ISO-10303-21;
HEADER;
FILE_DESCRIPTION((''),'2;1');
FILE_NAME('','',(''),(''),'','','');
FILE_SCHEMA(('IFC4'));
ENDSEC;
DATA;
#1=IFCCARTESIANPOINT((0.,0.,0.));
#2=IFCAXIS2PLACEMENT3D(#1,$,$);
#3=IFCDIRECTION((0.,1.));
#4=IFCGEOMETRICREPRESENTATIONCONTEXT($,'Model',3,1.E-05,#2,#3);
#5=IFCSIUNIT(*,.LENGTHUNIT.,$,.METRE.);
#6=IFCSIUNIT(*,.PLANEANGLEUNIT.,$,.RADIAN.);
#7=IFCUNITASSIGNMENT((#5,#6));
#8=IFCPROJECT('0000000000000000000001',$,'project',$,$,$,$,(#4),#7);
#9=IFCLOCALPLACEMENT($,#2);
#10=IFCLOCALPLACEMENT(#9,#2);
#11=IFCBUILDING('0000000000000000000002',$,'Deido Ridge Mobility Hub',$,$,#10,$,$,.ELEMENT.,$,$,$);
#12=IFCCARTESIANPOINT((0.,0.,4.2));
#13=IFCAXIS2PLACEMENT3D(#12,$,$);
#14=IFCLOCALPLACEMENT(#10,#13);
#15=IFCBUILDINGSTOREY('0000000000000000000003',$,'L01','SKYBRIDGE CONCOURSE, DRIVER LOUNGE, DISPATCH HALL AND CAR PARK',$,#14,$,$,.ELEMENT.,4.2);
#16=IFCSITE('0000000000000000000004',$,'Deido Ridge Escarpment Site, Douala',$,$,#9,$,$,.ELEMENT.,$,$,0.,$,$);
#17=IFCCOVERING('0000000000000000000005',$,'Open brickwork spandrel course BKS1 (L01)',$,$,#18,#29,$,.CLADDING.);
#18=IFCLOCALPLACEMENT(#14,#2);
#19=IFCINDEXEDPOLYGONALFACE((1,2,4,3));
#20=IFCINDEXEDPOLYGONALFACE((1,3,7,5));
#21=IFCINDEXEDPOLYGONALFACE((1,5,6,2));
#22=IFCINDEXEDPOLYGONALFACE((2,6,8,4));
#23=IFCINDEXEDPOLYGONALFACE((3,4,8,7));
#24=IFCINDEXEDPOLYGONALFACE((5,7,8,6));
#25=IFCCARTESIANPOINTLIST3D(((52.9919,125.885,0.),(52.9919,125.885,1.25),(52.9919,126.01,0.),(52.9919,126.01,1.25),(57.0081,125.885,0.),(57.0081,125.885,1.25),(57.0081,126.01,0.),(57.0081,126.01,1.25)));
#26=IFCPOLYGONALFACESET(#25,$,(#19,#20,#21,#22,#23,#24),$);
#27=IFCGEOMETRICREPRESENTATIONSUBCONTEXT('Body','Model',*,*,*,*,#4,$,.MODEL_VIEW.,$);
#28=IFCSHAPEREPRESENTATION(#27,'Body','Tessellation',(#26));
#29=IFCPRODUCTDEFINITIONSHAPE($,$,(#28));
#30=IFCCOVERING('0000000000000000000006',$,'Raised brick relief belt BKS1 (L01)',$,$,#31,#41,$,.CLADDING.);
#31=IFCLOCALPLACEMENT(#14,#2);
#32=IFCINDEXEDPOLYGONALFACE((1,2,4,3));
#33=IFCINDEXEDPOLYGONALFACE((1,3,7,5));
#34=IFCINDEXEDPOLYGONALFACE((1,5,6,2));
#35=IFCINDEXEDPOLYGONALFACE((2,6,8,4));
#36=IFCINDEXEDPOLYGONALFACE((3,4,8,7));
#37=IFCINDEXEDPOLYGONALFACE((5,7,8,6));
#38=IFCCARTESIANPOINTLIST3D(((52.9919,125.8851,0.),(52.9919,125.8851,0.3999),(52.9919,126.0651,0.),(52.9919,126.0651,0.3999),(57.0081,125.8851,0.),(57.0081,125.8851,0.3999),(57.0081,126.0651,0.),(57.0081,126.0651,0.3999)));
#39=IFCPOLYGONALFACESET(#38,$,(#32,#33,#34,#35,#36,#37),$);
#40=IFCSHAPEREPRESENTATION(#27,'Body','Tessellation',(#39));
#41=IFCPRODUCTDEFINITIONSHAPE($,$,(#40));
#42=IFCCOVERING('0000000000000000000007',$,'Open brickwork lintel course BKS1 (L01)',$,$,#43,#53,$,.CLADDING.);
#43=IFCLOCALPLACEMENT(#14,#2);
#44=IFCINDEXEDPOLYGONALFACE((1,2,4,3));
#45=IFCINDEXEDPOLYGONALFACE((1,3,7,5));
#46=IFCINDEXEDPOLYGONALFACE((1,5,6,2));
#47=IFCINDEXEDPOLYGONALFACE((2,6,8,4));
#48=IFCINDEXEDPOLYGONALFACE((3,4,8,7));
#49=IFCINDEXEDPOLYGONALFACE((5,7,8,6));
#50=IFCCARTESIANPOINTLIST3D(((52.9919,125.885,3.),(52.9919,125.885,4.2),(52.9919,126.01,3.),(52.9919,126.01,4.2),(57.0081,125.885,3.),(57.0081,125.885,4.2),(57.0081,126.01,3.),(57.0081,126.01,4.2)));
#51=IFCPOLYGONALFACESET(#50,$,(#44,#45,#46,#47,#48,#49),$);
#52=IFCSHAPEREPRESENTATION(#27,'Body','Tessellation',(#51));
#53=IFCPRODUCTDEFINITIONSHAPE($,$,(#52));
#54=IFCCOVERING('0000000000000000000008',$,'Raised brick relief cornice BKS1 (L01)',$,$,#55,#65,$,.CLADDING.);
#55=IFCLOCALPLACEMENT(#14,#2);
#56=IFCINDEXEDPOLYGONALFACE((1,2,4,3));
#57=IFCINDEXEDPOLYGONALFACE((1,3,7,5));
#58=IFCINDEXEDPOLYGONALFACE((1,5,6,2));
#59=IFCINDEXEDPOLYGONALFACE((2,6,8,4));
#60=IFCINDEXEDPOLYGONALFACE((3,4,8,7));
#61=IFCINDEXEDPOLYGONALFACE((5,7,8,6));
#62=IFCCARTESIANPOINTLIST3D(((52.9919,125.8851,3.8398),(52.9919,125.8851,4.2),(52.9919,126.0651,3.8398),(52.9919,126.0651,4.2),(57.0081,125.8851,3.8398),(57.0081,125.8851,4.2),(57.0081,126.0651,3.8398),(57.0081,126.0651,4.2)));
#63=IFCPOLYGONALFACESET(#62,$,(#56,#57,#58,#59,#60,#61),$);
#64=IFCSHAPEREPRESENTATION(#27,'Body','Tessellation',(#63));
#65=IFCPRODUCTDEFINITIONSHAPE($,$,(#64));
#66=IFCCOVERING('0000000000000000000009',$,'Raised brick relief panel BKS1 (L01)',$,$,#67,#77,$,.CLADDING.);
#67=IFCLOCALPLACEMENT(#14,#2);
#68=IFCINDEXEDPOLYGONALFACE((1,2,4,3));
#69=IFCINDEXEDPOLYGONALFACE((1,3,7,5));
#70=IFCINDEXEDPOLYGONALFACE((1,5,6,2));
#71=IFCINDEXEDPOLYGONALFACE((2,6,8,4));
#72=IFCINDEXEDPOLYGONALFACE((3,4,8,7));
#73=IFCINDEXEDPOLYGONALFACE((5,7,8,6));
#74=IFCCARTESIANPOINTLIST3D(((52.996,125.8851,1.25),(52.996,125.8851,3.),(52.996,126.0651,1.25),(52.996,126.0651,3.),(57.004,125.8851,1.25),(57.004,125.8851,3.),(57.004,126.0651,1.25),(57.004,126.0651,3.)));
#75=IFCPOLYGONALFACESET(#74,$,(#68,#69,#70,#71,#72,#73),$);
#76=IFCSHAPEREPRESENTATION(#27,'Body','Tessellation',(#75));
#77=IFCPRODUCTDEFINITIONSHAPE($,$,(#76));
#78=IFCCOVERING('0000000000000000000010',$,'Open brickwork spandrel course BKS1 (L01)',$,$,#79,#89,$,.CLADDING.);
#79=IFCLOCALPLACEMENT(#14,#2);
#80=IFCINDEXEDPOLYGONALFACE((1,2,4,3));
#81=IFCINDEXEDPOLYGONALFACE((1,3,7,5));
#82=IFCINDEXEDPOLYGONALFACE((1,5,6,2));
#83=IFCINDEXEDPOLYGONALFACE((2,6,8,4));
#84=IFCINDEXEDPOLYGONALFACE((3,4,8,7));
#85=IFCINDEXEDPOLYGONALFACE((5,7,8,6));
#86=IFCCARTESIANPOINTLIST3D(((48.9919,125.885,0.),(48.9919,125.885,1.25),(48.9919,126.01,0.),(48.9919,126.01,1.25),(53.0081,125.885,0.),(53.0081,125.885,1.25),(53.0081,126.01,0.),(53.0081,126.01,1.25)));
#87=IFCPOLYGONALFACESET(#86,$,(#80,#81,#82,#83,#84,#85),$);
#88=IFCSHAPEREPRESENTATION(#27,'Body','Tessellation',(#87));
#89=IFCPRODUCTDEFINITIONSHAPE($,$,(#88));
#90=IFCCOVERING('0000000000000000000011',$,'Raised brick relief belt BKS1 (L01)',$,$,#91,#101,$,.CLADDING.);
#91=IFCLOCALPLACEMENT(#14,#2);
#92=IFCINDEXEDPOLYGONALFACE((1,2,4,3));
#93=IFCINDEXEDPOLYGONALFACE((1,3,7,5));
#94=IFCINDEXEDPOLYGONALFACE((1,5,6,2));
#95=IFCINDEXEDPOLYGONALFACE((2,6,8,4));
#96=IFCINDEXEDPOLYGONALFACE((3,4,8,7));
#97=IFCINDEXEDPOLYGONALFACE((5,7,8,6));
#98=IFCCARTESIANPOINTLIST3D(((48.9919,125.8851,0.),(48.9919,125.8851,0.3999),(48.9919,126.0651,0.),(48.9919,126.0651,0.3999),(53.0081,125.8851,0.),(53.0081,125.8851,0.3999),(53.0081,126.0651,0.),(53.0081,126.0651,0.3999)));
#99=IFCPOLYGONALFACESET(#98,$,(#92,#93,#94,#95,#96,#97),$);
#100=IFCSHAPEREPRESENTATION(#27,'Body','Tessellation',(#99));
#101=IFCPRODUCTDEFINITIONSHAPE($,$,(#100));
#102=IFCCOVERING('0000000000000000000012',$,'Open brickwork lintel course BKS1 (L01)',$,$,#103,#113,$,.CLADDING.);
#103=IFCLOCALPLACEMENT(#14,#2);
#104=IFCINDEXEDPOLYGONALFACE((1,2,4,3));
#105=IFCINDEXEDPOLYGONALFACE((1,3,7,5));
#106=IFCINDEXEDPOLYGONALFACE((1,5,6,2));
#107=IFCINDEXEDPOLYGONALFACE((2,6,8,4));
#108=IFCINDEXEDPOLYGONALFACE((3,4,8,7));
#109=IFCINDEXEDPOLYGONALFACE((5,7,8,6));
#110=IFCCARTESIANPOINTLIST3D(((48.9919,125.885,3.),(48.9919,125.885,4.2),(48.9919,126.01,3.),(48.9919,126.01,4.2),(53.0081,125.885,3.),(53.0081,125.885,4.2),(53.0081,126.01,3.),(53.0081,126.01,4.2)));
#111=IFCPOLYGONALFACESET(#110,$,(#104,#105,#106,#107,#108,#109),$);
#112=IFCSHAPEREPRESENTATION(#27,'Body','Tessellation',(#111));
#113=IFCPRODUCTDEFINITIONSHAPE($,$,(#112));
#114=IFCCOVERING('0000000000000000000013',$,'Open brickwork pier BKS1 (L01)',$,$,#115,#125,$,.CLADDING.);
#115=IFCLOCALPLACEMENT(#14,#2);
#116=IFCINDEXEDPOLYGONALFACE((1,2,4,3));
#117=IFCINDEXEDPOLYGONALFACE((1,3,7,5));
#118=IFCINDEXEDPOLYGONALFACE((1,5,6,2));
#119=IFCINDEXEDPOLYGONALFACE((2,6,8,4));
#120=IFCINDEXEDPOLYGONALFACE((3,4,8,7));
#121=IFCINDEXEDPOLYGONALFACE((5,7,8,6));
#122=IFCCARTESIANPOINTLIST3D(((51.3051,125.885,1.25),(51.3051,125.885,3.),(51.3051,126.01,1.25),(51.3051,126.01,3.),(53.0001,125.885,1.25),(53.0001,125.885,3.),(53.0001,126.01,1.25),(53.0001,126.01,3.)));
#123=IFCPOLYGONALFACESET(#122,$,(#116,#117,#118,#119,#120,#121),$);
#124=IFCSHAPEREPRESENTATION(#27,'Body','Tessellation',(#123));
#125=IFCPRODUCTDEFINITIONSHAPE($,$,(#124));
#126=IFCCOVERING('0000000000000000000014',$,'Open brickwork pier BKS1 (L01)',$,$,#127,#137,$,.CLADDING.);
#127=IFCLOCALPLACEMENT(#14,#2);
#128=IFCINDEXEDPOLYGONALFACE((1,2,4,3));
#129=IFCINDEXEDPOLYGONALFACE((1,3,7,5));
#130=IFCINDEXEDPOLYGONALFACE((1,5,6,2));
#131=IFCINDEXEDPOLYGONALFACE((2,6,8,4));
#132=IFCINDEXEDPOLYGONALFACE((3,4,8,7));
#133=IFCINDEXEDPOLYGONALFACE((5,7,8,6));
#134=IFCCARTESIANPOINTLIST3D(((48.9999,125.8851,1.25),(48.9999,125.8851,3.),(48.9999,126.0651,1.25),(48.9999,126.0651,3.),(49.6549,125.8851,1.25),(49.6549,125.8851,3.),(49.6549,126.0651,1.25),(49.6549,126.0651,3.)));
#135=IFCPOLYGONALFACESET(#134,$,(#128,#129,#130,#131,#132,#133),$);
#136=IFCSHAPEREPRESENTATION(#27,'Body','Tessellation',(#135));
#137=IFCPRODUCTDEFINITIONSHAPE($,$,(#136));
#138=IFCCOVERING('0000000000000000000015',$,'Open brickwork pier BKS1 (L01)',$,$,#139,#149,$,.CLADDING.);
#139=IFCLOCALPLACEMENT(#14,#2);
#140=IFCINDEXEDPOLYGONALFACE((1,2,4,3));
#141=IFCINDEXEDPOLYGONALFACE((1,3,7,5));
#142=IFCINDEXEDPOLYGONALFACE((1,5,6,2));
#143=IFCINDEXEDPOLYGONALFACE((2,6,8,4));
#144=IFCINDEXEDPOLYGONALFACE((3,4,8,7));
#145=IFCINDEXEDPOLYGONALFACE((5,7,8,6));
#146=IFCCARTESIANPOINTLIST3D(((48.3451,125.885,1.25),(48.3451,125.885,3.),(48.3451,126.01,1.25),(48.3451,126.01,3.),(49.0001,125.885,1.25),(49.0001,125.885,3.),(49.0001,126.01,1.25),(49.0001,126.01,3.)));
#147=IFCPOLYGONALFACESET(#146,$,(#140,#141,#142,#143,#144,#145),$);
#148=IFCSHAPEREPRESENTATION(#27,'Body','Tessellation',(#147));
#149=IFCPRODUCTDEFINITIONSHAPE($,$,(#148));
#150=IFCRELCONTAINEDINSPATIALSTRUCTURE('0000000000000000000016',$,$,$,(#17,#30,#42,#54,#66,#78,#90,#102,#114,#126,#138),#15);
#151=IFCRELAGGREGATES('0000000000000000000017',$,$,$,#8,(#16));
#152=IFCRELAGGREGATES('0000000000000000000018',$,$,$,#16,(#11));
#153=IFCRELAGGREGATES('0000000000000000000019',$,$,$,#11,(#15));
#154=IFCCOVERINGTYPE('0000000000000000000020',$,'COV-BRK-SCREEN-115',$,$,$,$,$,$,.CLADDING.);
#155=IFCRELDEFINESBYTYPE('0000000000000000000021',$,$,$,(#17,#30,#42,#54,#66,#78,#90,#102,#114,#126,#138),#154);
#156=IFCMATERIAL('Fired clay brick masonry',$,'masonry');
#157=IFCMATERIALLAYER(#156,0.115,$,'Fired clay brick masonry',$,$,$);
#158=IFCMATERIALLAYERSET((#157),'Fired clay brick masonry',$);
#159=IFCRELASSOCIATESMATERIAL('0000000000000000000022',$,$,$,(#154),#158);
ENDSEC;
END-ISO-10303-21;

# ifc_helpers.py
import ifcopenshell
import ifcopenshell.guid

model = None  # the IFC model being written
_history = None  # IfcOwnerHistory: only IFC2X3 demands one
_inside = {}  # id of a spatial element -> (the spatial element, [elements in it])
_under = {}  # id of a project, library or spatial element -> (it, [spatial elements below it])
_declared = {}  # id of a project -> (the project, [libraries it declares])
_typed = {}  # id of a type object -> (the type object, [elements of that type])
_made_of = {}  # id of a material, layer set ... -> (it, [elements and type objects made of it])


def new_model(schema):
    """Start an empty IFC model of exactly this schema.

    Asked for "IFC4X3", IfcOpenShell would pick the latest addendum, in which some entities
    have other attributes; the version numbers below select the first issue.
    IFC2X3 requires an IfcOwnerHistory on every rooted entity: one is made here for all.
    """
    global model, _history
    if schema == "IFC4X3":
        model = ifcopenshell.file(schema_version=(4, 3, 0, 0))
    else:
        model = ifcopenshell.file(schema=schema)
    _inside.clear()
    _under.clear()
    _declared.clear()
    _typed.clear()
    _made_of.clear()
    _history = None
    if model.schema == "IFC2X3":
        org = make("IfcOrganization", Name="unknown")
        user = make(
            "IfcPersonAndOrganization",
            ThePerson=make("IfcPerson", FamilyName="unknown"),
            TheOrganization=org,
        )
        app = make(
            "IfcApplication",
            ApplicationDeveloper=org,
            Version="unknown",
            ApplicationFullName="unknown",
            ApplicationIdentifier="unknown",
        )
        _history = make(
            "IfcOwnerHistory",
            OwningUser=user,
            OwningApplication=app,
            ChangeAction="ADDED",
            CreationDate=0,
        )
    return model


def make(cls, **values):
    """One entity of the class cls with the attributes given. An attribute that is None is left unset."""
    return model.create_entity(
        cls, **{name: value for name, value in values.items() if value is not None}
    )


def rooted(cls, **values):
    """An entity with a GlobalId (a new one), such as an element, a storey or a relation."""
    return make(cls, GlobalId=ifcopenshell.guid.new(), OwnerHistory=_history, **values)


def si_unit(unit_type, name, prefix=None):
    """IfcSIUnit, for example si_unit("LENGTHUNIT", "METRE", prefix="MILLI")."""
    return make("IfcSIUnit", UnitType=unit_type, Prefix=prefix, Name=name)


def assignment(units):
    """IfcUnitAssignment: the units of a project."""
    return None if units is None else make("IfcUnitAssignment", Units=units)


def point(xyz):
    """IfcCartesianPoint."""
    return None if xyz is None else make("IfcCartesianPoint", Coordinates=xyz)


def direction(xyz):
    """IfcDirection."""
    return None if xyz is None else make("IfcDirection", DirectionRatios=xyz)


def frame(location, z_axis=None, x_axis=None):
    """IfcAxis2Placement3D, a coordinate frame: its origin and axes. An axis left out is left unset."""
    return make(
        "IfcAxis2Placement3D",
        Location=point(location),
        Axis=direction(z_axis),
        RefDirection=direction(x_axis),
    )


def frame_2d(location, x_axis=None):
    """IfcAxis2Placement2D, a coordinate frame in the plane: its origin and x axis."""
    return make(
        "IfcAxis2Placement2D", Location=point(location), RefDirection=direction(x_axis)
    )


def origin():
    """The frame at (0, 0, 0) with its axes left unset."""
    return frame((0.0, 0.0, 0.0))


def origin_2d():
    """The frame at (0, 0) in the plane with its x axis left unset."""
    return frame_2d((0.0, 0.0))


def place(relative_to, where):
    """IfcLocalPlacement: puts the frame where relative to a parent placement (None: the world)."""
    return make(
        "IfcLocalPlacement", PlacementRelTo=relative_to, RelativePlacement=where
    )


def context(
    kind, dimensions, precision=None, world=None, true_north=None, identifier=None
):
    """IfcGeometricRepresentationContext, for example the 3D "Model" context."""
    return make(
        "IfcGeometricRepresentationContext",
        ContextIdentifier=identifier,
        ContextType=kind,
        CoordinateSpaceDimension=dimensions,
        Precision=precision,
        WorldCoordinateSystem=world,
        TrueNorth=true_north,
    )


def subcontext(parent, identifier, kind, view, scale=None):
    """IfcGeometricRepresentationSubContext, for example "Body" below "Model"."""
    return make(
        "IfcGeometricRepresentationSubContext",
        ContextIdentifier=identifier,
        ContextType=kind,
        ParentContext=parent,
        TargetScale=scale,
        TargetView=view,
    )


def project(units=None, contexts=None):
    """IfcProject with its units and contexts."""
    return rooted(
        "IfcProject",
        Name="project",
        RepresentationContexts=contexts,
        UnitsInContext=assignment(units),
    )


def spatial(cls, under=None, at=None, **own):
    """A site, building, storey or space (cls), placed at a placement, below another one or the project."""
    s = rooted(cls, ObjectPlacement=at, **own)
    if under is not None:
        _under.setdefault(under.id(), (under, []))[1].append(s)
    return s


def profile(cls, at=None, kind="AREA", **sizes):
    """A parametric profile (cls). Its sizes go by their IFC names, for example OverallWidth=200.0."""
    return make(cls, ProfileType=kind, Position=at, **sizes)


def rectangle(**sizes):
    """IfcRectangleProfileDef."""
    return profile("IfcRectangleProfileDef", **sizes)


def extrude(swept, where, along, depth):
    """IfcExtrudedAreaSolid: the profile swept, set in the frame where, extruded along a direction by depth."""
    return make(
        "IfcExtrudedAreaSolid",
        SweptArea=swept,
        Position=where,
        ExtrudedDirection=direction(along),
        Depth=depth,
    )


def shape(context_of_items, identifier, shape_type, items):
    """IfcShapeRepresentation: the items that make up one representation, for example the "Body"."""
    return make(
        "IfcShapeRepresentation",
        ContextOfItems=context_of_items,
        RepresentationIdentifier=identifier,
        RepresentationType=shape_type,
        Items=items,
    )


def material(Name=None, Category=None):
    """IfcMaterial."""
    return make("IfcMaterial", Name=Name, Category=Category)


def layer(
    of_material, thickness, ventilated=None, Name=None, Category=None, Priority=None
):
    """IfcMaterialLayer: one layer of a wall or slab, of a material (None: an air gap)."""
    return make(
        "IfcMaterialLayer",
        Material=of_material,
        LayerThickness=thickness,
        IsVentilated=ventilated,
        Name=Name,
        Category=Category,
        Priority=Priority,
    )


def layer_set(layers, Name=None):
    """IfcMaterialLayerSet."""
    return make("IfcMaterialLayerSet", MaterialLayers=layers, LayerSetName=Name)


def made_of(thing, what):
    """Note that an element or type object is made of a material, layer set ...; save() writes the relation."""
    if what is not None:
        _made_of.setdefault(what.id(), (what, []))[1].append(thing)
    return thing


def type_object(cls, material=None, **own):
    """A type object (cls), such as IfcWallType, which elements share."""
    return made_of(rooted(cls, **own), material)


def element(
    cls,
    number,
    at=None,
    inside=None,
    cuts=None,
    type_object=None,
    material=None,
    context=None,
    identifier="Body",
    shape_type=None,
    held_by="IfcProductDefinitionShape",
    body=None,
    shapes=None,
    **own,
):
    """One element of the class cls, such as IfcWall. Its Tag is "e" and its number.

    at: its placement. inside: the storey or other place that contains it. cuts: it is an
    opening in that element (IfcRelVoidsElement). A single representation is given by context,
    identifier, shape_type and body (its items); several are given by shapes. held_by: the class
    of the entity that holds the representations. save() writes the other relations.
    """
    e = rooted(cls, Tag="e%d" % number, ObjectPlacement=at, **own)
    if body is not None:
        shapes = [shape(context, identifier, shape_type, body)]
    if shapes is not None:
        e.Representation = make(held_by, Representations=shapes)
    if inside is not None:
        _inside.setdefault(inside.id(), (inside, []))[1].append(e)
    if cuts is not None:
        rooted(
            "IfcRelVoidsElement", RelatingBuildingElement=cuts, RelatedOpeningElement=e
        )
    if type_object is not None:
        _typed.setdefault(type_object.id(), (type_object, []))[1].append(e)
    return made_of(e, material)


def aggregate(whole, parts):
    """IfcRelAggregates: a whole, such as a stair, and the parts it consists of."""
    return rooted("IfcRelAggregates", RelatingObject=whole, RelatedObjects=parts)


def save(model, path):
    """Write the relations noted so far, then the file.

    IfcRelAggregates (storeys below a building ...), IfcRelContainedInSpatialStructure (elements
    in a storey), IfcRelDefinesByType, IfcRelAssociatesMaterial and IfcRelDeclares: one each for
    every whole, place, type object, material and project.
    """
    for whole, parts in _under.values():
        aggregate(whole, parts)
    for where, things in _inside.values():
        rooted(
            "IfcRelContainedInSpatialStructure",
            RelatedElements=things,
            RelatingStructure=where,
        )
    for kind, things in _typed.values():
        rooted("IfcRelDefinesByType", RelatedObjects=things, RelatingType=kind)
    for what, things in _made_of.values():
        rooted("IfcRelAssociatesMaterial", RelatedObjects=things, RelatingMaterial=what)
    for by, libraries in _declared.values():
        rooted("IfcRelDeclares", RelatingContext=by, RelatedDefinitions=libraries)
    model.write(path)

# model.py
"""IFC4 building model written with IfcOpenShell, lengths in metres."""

from ifc_helpers import new_model, si_unit, direction, frame, origin, origin_2d, place, context, subcontext, project, spatial, rectangle, extrude, material, layer, layer_set, type_object, element, save


model = new_model("IFC4")

# Units and contexts
model_context = context("Model", 3, precision=1e-05, world=origin(), true_north=direction((0.0, 1.0)))
body_context = subcontext(model_context, "Body", "Model", "MODEL_VIEW")
ifc_project = project(units=[si_unit("LENGTHUNIT", "METRE"), si_unit("PLANEANGLEUNIT", "RADIAN")], contexts=[model_context])

# Site, building, storey
site_placement = place(None, origin())
site = spatial("IfcSite", under=ifc_project, at=site_placement, Name="Deido Ridge Escarpment Site, Douala", CompositionType="ELEMENT", RefElevation=0.0)
building_placement = place(site_placement, origin())
building = spatial("IfcBuilding", under=site, at=building_placement, Name="Deido Ridge Mobility Hub", CompositionType="ELEMENT")
storey_placement = place(building_placement, frame((0.0, 0.0, 4.2)))
storey = spatial("IfcBuildingStorey", under=building, at=storey_placement, Name="L01", Description="SKYBRIDGE CONCOURSE, DRIVER LOUNGE, DISPATCH HALL AND CAR PARK", CompositionType="ELEMENT", Elevation=4.2)

# Coverings
ifc_material_1 = material(Name="Fired clay brick masonry", Category="masonry")
ifc_layer = layer(ifc_material_1, 0.115, Name="Fired clay brick masonry")
ifc_layer_set = layer_set([ifc_layer], Name="Fired clay brick masonry")
covering_type = type_object("IfcCoveringType", Name="COV-BRK-SCREEN-115", PredefinedType="CLADDING", material=ifc_layer_set)
covering_1_placement = place(storey_placement, frame((55.0, 125.9475, 0.0), z_axis=(0.0, 0.0, 1.0), x_axis=(-1.0, 0.0, 0.0)))
element("IfcCovering", 1, at=covering_1_placement, inside=storey, type_object=covering_type, Name="Open brickwork spandrel course BKS1 (L01)", PredefinedType="CLADDING", context=body_context, shape_type="SweptSolid", body=[
    extrude(rectangle(XDim=4.0161, YDim=0.125, at=origin_2d()), origin(), (0.0, 0.0, 1.0), 1.25),
])
covering_2_placement = place(storey_placement, frame((55.0, 125.9751, 0.0), z_axis=(0.0, 0.0, 1.0), x_axis=(-1.0, 0.0, 0.0)))
element("IfcCovering", 2, at=covering_2_placement, inside=storey, type_object=covering_type, Name="Raised brick relief belt BKS1 (L01)", PredefinedType="CLADDING", context=body_context, shape_type="SweptSolid", body=[
    extrude(rectangle(XDim=4.0161, YDim=0.1799, at=origin_2d()), origin(), (0.0, 0.0, 1.0), 0.3999),
])
covering_3_placement = place(storey_placement, frame((55.0, 125.9475, 3.0), z_axis=(0.0, 0.0, 1.0), x_axis=(-1.0, 0.0, 0.0)))
element("IfcCovering", 3, at=covering_3_placement, inside=storey, type_object=covering_type, Name="Open brickwork lintel course BKS1 (L01)", PredefinedType="CLADDING", context=body_context, shape_type="SweptSolid", body=[
    extrude(rectangle(XDim=4.0161, YDim=0.125, at=origin_2d()), origin(), (0.0, 0.0, 1.0), 1.2),
])
covering_4_placement = place(storey_placement, frame((55.0, 125.9751, 3.8398), z_axis=(0.0, 0.0, 1.0), x_axis=(-1.0, 0.0, 0.0)))
element("IfcCovering", 4, at=covering_4_placement, inside=storey, type_object=covering_type, Name="Raised brick relief cornice BKS1 (L01)", PredefinedType="CLADDING", context=body_context, shape_type="SweptSolid", body=[
    extrude(rectangle(XDim=4.0161, YDim=0.1799, at=origin_2d()), origin(), (0.0, 0.0, 1.0), 0.3601),
])
covering_5_placement = place(storey_placement, frame((55.0, 125.9751, 1.25), z_axis=(0.0, 0.0, 1.0), x_axis=(-1.0, 0.0, 0.0)))
element("IfcCovering", 5, at=covering_5_placement, inside=storey, type_object=covering_type, Name="Raised brick relief panel BKS1 (L01)", PredefinedType="CLADDING", context=body_context, shape_type="SweptSolid", body=[
    extrude(rectangle(XDim=4.0081, YDim=0.1799, at=origin_2d()), origin(), (0.0, 0.0, 1.0), 1.75),
])
covering_6_placement = place(storey_placement, frame((51.0, 125.9475, 0.0), z_axis=(0.0, 0.0, 1.0), x_axis=(-1.0, 0.0, 0.0)))
element("IfcCovering", 6, at=covering_6_placement, inside=storey, type_object=covering_type, Name="Open brickwork spandrel course BKS1 (L01)", PredefinedType="CLADDING", context=body_context, shape_type="SweptSolid", body=[
    extrude(rectangle(XDim=4.0161, YDim=0.125, at=origin_2d()), origin(), (0.0, 0.0, 1.0), 1.25),
])
covering_7_placement = place(storey_placement, frame((51.0, 125.9751, 0.0), z_axis=(0.0, 0.0, 1.0), x_axis=(-1.0, 0.0, 0.0)))
element("IfcCovering", 7, at=covering_7_placement, inside=storey, type_object=covering_type, Name="Raised brick relief belt BKS1 (L01)", PredefinedType="CLADDING", context=body_context, shape_type="SweptSolid", body=[
    extrude(rectangle(XDim=4.0161, YDim=0.1799, at=origin_2d()), origin(), (0.0, 0.0, 1.0), 0.3999),
])
covering_8_placement = place(storey_placement, frame((51.0, 125.9475, 3.0), z_axis=(0.0, 0.0, 1.0), x_axis=(-1.0, 0.0, 0.0)))
element("IfcCovering", 8, at=covering_8_placement, inside=storey, type_object=covering_type, Name="Open brickwork lintel course BKS1 (L01)", PredefinedType="CLADDING", context=body_context, shape_type="SweptSolid", body=[
    extrude(rectangle(XDim=4.0161, YDim=0.125, at=origin_2d()), origin(), (0.0, 0.0, 1.0), 1.2),
])
covering_9_placement = place(storey_placement, frame((52.1526, 125.9475, 1.25), z_axis=(0.0, 0.0, 1.0), x_axis=(-1.0, 0.0, 0.0)))
element("IfcCovering", 9, at=covering_9_placement, inside=storey, type_object=covering_type, Name="Open brickwork pier BKS1 (L01)", PredefinedType="CLADDING", context=body_context, shape_type="SweptSolid", body=[
    extrude(rectangle(XDim=1.6951, YDim=0.125, at=origin_2d()), origin(), (0.0, 0.0, 1.0), 1.75),
])
covering_10_placement = place(storey_placement, frame((49.3274, 125.9751, 1.25), z_axis=(0.0, 0.0, 1.0), x_axis=(-1.0, 0.0, 0.0)))
element("IfcCovering", 10, at=covering_10_placement, inside=storey, type_object=covering_type, Name="Open brickwork pier BKS1 (L01)", PredefinedType="CLADDING", context=body_context, shape_type="SweptSolid", body=[
    extrude(rectangle(XDim=0.655, YDim=0.1799, at=origin_2d()), origin(), (0.0, 0.0, 1.0), 1.75),
])
covering_11_placement = place(storey_placement, frame((48.6726, 125.9475, 1.25), z_axis=(0.0, 0.0, 1.0), x_axis=(-1.0, 0.0, 0.0)))
element("IfcCovering", 11, at=covering_11_placement, inside=storey, type_object=covering_type, Name="Open brickwork pier BKS1 (L01)", PredefinedType="CLADDING", context=body_context, shape_type="SweptSolid", body=[
    extrude(rectangle(XDim=0.655, YDim=0.125, at=origin_2d()), origin(), (0.0, 0.0, 1.0), 1.75),
])

save(model, "model.ifc")
